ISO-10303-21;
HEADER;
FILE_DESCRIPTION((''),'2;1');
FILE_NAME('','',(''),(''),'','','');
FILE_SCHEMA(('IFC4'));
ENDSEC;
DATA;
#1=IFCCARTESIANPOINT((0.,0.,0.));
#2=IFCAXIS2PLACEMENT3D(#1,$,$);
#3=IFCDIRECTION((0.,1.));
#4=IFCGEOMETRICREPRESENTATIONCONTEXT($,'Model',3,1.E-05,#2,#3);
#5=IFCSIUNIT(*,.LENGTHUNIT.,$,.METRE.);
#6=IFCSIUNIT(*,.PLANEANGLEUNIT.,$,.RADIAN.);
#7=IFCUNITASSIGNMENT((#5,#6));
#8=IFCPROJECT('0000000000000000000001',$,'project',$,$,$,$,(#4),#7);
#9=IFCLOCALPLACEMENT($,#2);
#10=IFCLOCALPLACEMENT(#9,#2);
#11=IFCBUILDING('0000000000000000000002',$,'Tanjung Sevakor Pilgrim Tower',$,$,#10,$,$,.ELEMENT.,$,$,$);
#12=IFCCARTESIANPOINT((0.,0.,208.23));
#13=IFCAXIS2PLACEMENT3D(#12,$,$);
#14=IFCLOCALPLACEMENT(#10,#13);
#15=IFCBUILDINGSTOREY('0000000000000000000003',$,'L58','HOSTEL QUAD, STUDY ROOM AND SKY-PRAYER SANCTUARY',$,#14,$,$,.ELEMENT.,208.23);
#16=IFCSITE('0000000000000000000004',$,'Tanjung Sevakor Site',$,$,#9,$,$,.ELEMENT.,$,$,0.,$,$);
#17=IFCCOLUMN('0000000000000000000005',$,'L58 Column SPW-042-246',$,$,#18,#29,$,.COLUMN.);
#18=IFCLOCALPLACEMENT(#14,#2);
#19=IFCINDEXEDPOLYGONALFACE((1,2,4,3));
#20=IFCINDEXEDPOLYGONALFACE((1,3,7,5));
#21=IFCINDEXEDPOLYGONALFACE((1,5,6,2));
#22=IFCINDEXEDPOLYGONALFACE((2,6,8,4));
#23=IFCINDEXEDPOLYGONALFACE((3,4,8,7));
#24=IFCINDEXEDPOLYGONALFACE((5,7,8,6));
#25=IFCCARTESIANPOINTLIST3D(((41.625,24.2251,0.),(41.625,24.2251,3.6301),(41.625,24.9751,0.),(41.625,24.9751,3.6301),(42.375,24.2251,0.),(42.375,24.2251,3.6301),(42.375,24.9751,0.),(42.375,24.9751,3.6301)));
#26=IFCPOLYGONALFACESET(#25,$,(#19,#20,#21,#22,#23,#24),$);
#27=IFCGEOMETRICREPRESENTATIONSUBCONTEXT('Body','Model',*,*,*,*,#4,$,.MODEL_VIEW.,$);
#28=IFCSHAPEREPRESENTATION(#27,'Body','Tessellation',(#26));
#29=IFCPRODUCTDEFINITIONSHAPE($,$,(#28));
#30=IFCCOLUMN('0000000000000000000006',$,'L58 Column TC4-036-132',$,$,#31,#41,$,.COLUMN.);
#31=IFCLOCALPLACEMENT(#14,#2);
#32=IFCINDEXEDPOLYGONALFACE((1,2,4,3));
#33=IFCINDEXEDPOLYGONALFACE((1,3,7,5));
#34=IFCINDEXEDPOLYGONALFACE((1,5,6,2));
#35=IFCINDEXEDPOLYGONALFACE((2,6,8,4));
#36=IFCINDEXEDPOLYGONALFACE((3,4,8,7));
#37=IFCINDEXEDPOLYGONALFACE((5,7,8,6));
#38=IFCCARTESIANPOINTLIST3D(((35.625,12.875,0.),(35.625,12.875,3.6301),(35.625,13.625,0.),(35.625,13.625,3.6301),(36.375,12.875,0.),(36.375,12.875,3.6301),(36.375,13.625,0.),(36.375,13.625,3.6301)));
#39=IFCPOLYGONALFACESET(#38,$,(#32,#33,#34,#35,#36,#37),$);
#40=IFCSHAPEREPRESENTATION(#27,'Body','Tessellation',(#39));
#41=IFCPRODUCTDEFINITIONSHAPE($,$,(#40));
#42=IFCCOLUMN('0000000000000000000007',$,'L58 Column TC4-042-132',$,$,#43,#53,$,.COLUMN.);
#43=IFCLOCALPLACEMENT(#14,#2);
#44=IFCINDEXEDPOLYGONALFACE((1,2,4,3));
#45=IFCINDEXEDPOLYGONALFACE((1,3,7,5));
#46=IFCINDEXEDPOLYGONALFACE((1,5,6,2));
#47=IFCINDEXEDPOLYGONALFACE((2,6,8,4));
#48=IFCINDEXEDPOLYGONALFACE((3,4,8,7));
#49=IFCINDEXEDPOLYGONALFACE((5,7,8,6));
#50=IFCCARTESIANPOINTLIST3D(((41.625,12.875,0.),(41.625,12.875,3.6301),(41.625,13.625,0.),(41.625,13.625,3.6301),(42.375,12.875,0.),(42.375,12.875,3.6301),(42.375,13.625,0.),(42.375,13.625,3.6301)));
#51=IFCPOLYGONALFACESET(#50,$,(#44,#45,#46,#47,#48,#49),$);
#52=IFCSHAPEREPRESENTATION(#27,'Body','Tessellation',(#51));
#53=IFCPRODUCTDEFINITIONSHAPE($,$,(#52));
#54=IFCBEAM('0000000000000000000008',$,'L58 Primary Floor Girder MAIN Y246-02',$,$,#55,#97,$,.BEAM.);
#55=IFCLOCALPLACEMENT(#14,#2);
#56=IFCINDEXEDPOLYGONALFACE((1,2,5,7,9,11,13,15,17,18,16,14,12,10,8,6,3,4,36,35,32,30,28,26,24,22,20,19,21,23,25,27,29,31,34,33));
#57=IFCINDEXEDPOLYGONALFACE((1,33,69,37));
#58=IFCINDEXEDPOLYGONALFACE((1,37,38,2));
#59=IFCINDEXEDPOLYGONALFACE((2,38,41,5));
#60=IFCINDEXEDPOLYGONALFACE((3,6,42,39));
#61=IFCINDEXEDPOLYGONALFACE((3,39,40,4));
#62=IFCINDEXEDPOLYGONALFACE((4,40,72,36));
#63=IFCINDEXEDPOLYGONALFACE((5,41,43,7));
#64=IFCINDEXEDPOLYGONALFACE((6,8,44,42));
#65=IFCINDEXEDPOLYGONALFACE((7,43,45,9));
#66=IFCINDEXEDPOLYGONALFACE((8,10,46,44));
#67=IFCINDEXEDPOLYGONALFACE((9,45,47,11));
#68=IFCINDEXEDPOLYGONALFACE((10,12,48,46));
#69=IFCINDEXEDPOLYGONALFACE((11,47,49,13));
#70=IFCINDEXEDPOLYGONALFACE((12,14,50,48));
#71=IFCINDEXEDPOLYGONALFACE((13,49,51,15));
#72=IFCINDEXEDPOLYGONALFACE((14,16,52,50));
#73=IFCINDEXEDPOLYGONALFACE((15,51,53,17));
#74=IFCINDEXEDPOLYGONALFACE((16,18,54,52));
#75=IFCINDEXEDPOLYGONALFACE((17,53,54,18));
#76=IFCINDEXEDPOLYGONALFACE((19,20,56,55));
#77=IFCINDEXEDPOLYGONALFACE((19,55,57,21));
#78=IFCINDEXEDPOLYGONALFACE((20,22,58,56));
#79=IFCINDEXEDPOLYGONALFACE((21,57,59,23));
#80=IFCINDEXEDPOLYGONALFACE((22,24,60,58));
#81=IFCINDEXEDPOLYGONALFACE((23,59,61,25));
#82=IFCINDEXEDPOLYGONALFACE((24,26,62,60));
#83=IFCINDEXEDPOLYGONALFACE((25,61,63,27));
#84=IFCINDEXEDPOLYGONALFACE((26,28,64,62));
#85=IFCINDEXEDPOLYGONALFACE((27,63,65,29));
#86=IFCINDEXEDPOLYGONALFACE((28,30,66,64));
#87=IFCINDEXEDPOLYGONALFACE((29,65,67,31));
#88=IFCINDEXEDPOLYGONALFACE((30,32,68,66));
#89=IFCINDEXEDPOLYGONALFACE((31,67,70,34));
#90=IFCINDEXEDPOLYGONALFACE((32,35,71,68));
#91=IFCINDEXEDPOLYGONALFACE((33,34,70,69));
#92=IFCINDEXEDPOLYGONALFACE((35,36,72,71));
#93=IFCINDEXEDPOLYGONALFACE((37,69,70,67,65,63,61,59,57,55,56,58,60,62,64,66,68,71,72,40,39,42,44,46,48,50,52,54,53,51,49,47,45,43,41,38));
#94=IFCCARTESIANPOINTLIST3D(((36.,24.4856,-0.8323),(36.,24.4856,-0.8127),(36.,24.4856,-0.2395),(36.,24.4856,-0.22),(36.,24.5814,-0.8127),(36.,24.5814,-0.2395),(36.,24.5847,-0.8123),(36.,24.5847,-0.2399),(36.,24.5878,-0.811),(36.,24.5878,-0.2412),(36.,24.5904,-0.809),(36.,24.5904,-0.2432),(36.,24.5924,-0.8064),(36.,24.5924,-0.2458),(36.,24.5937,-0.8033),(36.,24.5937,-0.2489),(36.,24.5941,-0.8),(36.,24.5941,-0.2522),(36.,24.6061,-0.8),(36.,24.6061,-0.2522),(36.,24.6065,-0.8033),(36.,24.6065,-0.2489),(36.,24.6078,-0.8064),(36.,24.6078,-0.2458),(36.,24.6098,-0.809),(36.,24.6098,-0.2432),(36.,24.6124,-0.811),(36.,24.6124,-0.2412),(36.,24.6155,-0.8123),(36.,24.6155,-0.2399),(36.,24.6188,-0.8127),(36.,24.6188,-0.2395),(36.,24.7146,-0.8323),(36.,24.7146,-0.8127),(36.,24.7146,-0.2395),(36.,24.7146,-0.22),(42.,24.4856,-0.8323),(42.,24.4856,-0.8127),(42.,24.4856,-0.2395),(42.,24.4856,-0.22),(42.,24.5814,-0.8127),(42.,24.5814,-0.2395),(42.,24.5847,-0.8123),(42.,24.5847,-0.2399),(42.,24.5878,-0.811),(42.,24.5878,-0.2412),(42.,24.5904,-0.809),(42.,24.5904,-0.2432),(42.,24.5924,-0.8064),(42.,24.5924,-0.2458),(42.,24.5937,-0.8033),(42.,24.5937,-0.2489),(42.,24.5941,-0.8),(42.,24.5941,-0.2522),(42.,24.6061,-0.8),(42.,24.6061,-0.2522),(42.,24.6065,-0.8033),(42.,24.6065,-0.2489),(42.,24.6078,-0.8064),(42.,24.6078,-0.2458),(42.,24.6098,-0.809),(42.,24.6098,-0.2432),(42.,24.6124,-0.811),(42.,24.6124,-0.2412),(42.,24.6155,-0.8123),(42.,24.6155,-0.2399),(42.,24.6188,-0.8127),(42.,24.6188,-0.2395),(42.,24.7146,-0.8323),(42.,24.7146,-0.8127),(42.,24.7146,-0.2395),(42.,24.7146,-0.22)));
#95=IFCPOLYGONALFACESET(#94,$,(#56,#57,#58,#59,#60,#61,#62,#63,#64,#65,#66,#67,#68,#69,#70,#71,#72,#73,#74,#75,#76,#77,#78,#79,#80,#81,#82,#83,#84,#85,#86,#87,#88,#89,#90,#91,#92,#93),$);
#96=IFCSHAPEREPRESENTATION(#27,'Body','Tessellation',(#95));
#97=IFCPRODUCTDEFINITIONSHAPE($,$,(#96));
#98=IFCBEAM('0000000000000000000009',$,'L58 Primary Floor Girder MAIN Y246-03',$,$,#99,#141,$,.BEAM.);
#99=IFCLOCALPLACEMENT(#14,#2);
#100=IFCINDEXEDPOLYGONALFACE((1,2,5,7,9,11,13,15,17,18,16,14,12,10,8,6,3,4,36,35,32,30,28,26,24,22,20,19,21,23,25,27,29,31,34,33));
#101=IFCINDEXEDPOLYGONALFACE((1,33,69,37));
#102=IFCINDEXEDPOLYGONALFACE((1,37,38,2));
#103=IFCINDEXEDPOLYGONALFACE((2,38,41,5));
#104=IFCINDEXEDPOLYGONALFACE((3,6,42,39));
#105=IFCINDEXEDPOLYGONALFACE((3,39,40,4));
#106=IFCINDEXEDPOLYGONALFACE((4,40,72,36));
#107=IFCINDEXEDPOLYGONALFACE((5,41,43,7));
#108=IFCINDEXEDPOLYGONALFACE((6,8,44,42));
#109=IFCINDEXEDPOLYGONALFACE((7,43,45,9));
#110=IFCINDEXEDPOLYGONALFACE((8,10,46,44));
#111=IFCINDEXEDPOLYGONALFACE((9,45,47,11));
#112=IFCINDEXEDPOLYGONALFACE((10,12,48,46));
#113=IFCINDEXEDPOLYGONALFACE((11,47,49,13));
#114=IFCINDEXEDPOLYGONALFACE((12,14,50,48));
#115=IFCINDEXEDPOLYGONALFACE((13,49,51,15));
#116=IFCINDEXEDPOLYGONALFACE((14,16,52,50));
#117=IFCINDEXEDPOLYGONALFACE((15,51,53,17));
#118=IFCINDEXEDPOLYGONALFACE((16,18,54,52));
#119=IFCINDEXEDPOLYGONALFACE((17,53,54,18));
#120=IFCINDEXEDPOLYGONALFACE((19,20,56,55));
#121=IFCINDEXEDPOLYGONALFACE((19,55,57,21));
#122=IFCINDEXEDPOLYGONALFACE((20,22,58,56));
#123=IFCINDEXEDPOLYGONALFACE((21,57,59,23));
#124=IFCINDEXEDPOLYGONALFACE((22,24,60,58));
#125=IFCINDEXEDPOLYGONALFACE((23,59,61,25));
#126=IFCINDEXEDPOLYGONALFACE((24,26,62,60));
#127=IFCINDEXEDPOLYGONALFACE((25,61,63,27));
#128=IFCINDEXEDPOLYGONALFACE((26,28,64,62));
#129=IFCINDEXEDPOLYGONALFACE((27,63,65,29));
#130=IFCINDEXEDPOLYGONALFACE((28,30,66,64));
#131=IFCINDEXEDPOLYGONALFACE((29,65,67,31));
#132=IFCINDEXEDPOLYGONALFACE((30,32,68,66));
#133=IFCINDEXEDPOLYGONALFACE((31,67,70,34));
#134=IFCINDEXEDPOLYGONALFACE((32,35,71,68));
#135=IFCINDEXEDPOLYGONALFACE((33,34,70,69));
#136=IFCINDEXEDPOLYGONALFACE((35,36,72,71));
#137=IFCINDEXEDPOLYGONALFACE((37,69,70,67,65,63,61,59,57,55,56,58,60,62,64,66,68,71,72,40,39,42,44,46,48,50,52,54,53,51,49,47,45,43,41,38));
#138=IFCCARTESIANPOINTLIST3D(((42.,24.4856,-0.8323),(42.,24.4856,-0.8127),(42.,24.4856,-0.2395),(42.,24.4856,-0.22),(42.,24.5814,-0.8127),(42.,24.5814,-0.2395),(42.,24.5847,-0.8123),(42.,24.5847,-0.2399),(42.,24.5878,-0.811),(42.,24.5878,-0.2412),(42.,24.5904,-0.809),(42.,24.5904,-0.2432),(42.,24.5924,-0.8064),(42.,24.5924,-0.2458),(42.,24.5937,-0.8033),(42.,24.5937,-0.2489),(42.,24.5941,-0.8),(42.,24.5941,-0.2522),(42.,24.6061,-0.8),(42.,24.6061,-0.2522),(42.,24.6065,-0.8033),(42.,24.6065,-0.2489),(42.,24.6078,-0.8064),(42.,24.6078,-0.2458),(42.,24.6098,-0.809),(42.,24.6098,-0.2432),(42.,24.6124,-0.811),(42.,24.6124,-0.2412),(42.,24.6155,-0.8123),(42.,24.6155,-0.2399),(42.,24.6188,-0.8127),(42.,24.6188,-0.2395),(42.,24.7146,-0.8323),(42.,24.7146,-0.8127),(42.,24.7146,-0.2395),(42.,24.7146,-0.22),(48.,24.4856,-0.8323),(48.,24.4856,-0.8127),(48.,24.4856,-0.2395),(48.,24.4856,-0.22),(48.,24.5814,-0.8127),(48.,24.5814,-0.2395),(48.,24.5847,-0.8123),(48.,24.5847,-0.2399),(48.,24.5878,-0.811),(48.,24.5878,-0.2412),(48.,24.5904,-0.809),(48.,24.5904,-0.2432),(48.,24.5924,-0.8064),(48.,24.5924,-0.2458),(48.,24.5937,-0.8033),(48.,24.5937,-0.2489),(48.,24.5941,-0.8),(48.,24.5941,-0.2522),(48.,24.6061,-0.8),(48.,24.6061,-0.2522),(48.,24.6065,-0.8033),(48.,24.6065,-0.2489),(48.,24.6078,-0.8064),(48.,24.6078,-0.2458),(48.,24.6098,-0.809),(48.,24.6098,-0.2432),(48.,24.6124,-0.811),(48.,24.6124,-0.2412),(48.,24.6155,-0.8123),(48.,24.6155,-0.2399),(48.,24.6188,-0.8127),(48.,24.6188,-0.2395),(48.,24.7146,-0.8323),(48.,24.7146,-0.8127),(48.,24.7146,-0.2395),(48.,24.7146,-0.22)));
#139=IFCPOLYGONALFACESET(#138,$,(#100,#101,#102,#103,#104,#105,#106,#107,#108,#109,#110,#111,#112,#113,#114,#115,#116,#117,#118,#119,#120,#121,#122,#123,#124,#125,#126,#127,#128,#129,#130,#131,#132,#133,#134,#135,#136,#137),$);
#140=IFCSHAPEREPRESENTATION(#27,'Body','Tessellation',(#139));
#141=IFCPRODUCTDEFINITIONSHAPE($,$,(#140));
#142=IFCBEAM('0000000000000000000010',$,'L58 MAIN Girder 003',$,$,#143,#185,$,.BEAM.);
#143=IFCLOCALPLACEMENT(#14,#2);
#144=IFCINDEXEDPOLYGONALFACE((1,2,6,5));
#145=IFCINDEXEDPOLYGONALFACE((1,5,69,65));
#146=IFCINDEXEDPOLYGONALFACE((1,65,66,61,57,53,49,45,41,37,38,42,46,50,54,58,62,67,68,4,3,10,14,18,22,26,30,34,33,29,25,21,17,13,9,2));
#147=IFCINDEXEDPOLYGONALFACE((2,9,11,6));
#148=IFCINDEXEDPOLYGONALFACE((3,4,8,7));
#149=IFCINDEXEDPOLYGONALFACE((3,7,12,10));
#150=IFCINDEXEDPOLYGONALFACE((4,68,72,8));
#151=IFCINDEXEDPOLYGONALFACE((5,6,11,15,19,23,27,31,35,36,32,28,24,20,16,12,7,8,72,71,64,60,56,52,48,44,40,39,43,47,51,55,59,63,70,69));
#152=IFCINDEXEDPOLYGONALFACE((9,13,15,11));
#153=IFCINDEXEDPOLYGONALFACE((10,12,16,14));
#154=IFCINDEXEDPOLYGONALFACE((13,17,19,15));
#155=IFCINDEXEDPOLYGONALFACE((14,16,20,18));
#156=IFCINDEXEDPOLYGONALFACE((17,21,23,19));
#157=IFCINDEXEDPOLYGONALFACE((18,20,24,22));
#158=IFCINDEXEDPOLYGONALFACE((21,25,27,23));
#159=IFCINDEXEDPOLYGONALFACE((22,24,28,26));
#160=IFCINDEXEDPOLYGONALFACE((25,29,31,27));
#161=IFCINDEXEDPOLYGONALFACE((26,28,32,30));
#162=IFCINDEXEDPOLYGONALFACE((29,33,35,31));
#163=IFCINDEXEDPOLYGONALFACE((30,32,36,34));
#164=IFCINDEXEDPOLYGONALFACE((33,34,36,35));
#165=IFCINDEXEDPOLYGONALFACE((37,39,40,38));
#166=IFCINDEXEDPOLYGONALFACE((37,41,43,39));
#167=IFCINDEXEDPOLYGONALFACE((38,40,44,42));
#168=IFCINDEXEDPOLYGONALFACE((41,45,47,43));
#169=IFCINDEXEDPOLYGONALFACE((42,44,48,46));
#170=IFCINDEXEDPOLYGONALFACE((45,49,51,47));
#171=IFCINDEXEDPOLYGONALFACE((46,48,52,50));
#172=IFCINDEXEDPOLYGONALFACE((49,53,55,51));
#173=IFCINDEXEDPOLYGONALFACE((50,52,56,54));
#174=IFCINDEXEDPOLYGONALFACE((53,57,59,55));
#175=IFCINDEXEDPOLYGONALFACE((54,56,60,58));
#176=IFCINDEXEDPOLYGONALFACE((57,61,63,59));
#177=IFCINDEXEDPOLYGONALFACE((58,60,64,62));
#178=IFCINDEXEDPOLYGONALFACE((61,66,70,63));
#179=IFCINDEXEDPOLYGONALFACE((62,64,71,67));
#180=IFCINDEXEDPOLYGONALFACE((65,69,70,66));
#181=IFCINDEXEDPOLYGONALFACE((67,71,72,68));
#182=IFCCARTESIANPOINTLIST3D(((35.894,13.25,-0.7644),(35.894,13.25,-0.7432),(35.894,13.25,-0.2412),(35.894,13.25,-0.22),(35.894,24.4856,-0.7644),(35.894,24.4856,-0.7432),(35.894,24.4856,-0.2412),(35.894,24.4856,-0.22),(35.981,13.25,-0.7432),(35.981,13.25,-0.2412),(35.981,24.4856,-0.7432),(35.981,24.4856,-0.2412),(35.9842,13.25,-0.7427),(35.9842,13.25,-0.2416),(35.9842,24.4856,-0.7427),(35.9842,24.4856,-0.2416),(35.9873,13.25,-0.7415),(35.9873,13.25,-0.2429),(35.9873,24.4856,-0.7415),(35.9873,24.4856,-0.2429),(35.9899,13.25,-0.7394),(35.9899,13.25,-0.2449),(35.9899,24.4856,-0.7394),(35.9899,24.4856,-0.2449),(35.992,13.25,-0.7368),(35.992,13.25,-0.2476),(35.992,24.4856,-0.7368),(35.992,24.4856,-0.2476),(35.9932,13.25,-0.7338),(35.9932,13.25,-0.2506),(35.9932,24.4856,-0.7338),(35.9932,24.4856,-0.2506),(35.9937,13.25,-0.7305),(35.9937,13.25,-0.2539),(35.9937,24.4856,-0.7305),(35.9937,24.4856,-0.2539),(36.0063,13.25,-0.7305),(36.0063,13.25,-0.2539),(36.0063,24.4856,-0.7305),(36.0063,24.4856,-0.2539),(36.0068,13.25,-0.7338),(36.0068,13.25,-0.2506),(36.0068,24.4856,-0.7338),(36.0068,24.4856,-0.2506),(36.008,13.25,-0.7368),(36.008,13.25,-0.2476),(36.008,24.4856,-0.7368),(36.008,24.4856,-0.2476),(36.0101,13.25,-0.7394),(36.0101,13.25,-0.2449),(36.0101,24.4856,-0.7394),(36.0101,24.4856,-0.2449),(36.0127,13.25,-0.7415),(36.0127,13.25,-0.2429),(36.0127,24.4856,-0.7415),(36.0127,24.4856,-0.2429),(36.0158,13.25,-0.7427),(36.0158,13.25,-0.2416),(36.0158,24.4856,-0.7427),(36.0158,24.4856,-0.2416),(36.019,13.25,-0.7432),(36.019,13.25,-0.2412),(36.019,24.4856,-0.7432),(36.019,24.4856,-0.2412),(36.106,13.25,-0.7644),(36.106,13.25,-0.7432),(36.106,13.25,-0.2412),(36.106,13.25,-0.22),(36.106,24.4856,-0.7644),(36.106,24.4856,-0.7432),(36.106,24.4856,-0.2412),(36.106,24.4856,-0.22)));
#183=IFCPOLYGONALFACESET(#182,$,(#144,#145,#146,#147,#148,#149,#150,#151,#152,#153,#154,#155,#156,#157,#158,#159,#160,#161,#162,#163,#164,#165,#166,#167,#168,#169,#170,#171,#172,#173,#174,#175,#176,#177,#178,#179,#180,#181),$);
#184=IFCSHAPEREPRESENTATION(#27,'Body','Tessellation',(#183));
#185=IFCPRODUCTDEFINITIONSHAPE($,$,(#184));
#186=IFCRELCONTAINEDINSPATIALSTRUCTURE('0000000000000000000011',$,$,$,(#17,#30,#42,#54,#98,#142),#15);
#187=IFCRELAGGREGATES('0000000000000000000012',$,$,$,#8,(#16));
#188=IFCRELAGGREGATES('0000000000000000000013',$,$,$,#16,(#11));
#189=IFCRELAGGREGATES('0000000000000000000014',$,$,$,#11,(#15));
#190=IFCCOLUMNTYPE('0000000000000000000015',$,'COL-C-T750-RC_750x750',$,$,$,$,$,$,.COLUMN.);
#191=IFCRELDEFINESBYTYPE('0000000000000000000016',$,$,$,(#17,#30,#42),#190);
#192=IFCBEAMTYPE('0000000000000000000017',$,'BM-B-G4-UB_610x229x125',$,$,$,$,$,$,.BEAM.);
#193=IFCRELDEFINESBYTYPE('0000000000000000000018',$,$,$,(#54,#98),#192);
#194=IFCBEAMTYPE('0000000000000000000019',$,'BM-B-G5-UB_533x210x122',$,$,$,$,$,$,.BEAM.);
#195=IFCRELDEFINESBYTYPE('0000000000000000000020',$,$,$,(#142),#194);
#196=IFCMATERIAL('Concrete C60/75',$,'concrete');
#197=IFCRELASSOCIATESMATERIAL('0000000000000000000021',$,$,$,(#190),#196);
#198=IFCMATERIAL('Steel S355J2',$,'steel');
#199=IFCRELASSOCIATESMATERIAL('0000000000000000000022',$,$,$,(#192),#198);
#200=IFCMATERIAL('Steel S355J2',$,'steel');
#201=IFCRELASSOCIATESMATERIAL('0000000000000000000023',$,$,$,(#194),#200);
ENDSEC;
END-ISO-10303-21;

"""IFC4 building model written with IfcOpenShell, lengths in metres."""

from ifc_helpers import new_model, si_unit, direction, frame, origin, origin_2d, place, context, subcontext, project, spatial, rectangle, i_section, extrude, material, material_profile, profile_set, type_object, element, save


model = new_model("IFC4")

# Units and contexts
model_context = context("Model", 3, precision=1e-05, world=origin(), true_north=direction((0.0, 1.0)))
body_context = subcontext(model_context, "Body", "Model", "MODEL_VIEW")
ifc_project = project(units=[si_unit("LENGTHUNIT", "METRE"), si_unit("PLANEANGLEUNIT", "RADIAN")], contexts=[model_context])

# Site, building, storey
site_placement = place(None, origin())
site = spatial("IfcSite", under=ifc_project, at=site_placement, Name="Tanjung Sevakor Site", CompositionType="ELEMENT", RefElevation=0.0)
building_placement = place(site_placement, origin())
building = spatial("IfcBuilding", under=site, at=building_placement, Name="Tanjung Sevakor Pilgrim Tower", CompositionType="ELEMENT")
storey_placement = place(building_placement, frame((0.0, 0.0, 208.23)))
storey = spatial("IfcBuildingStorey", under=building, at=storey_placement, Name="L58", Description="HOSTEL QUAD, STUDY ROOM AND SKY-PRAYER SANCTUARY", CompositionType="ELEMENT", Elevation=208.23)

# Columns
ifc_material_1 = material(Name="Concrete C60/75", Category="concrete")
ifc_material_profile_1 = material_profile(ifc_material_1, rectangle(XDim=0.75, YDim=0.75, at=origin_2d()))
ifc_profile_set_1 = profile_set([ifc_material_profile_1], Name="Concrete C60/75")
column_type = type_object("IfcColumnType", Name="COL-C-T750-RC_750x750", PredefinedType="COLUMN", material=ifc_profile_set_1)
for number, where, z_axis, x_axis, name in (
    (1, (42.0, 24.6001, 0.0), (0.0, 0.0, 1.0), (1.0, 0.0, 0.0), "L58 Column SPW-042-246"),
    (2, (36.0, 13.25, 0.0), (0.0, 0.0, 1.0), (1.0, 0.0, 0.0), "L58 Column TC4-036-132"),
    (3, (42.0, 13.25, 0.0), (0.0, 0.0, 1.0), (1.0, 0.0, 0.0), "L58 Column TC4-042-132"),
):
    element("IfcColumn", number, at=place(storey_placement, frame(where, z_axis=z_axis, x_axis=x_axis)), inside=storey, type_object=column_type, Name=name, PredefinedType="COLUMN", context=body_context, shape_type="SweptSolid", body=[
        extrude(rectangle(XDim=0.75, YDim=0.75, at=origin_2d()), origin(), (0.0, 0.0, 1.0), 3.6301),
    ])

# Beams
ifc_material_2 = material(Name="Steel S355J2", Category="steel")
ifc_material_profile_2 = material_profile(ifc_material_2, i_section(OverallWidth=0.229, OverallDepth=0.6123, WebThickness=0.012, FlangeThickness=0.0195, FilletRadius=0.0127, at=origin_2d()))
ifc_profile_set_2 = profile_set([ifc_material_profile_2], Name="Steel S355J2")
beam_type_1 = type_object("IfcBeamType", Name="BM-B-G4-UB_610x229x125", PredefinedType="BEAM", material=ifc_profile_set_2)
for number, where, z_axis, x_axis, name in (
    (4, (36.0, 24.6001, -0.5261), (1.0, 0.0, 0.0), (0.0, 1.0, 0.0), "L58 Primary Floor Girder MAIN Y246-02"),
    (5, (42.0, 24.6001, -0.5261), (1.0, 0.0, 0.0), (0.0, 1.0, 0.0), "L58 Primary Floor Girder MAIN Y246-03"),
):
    element("IfcBeam", number, at=place(storey_placement, frame(where, z_axis=z_axis, x_axis=x_axis)), inside=storey, type_object=beam_type_1, Name=name, PredefinedType="BEAM", context=body_context, shape_type="SweptSolid", body=[
        extrude(i_section(OverallWidth=0.229, OverallDepth=0.6123, WebThickness=0.012, FlangeThickness=0.0195, FilletRadius=0.0127, at=origin_2d()), origin(), (0.0, 0.0, 1.0), 6.0),
    ])
ifc_material_3 = material(Name="Steel S355J2", Category="steel")
ifc_material_profile_3 = material_profile(ifc_material_3, i_section(OverallWidth=0.2119, OverallDepth=0.5444, WebThickness=0.0127, FlangeThickness=0.0212, FilletRadius=0.0127, at=origin_2d()))
ifc_profile_set_3 = profile_set([ifc_material_profile_3], Name="Steel S355J2")
beam_type_2 = type_object("IfcBeamType", Name="BM-B-G5-UB_533x210x122", PredefinedType="BEAM", material=ifc_profile_set_3)
beam_1_placement = place(storey_placement, frame((36.0, 13.25, -0.4922), z_axis=(0.0, 1.0, 0.0), x_axis=(-1.0, 0.0, 0.0)))
element("IfcBeam", 6, at=beam_1_placement, inside=storey, type_object=beam_type_2, Name="L58 MAIN Girder 003", PredefinedType="BEAM", context=body_context, shape_type="SweptSolid", body=[
    extrude(i_section(OverallWidth=0.2119, OverallDepth=0.5444, WebThickness=0.0127, FlangeThickness=0.0212, FilletRadius=0.0127, at=origin_2d()), origin(), (0.0, 0.0, 1.0), 11.2356),
])

save(model, "model.ifc")
